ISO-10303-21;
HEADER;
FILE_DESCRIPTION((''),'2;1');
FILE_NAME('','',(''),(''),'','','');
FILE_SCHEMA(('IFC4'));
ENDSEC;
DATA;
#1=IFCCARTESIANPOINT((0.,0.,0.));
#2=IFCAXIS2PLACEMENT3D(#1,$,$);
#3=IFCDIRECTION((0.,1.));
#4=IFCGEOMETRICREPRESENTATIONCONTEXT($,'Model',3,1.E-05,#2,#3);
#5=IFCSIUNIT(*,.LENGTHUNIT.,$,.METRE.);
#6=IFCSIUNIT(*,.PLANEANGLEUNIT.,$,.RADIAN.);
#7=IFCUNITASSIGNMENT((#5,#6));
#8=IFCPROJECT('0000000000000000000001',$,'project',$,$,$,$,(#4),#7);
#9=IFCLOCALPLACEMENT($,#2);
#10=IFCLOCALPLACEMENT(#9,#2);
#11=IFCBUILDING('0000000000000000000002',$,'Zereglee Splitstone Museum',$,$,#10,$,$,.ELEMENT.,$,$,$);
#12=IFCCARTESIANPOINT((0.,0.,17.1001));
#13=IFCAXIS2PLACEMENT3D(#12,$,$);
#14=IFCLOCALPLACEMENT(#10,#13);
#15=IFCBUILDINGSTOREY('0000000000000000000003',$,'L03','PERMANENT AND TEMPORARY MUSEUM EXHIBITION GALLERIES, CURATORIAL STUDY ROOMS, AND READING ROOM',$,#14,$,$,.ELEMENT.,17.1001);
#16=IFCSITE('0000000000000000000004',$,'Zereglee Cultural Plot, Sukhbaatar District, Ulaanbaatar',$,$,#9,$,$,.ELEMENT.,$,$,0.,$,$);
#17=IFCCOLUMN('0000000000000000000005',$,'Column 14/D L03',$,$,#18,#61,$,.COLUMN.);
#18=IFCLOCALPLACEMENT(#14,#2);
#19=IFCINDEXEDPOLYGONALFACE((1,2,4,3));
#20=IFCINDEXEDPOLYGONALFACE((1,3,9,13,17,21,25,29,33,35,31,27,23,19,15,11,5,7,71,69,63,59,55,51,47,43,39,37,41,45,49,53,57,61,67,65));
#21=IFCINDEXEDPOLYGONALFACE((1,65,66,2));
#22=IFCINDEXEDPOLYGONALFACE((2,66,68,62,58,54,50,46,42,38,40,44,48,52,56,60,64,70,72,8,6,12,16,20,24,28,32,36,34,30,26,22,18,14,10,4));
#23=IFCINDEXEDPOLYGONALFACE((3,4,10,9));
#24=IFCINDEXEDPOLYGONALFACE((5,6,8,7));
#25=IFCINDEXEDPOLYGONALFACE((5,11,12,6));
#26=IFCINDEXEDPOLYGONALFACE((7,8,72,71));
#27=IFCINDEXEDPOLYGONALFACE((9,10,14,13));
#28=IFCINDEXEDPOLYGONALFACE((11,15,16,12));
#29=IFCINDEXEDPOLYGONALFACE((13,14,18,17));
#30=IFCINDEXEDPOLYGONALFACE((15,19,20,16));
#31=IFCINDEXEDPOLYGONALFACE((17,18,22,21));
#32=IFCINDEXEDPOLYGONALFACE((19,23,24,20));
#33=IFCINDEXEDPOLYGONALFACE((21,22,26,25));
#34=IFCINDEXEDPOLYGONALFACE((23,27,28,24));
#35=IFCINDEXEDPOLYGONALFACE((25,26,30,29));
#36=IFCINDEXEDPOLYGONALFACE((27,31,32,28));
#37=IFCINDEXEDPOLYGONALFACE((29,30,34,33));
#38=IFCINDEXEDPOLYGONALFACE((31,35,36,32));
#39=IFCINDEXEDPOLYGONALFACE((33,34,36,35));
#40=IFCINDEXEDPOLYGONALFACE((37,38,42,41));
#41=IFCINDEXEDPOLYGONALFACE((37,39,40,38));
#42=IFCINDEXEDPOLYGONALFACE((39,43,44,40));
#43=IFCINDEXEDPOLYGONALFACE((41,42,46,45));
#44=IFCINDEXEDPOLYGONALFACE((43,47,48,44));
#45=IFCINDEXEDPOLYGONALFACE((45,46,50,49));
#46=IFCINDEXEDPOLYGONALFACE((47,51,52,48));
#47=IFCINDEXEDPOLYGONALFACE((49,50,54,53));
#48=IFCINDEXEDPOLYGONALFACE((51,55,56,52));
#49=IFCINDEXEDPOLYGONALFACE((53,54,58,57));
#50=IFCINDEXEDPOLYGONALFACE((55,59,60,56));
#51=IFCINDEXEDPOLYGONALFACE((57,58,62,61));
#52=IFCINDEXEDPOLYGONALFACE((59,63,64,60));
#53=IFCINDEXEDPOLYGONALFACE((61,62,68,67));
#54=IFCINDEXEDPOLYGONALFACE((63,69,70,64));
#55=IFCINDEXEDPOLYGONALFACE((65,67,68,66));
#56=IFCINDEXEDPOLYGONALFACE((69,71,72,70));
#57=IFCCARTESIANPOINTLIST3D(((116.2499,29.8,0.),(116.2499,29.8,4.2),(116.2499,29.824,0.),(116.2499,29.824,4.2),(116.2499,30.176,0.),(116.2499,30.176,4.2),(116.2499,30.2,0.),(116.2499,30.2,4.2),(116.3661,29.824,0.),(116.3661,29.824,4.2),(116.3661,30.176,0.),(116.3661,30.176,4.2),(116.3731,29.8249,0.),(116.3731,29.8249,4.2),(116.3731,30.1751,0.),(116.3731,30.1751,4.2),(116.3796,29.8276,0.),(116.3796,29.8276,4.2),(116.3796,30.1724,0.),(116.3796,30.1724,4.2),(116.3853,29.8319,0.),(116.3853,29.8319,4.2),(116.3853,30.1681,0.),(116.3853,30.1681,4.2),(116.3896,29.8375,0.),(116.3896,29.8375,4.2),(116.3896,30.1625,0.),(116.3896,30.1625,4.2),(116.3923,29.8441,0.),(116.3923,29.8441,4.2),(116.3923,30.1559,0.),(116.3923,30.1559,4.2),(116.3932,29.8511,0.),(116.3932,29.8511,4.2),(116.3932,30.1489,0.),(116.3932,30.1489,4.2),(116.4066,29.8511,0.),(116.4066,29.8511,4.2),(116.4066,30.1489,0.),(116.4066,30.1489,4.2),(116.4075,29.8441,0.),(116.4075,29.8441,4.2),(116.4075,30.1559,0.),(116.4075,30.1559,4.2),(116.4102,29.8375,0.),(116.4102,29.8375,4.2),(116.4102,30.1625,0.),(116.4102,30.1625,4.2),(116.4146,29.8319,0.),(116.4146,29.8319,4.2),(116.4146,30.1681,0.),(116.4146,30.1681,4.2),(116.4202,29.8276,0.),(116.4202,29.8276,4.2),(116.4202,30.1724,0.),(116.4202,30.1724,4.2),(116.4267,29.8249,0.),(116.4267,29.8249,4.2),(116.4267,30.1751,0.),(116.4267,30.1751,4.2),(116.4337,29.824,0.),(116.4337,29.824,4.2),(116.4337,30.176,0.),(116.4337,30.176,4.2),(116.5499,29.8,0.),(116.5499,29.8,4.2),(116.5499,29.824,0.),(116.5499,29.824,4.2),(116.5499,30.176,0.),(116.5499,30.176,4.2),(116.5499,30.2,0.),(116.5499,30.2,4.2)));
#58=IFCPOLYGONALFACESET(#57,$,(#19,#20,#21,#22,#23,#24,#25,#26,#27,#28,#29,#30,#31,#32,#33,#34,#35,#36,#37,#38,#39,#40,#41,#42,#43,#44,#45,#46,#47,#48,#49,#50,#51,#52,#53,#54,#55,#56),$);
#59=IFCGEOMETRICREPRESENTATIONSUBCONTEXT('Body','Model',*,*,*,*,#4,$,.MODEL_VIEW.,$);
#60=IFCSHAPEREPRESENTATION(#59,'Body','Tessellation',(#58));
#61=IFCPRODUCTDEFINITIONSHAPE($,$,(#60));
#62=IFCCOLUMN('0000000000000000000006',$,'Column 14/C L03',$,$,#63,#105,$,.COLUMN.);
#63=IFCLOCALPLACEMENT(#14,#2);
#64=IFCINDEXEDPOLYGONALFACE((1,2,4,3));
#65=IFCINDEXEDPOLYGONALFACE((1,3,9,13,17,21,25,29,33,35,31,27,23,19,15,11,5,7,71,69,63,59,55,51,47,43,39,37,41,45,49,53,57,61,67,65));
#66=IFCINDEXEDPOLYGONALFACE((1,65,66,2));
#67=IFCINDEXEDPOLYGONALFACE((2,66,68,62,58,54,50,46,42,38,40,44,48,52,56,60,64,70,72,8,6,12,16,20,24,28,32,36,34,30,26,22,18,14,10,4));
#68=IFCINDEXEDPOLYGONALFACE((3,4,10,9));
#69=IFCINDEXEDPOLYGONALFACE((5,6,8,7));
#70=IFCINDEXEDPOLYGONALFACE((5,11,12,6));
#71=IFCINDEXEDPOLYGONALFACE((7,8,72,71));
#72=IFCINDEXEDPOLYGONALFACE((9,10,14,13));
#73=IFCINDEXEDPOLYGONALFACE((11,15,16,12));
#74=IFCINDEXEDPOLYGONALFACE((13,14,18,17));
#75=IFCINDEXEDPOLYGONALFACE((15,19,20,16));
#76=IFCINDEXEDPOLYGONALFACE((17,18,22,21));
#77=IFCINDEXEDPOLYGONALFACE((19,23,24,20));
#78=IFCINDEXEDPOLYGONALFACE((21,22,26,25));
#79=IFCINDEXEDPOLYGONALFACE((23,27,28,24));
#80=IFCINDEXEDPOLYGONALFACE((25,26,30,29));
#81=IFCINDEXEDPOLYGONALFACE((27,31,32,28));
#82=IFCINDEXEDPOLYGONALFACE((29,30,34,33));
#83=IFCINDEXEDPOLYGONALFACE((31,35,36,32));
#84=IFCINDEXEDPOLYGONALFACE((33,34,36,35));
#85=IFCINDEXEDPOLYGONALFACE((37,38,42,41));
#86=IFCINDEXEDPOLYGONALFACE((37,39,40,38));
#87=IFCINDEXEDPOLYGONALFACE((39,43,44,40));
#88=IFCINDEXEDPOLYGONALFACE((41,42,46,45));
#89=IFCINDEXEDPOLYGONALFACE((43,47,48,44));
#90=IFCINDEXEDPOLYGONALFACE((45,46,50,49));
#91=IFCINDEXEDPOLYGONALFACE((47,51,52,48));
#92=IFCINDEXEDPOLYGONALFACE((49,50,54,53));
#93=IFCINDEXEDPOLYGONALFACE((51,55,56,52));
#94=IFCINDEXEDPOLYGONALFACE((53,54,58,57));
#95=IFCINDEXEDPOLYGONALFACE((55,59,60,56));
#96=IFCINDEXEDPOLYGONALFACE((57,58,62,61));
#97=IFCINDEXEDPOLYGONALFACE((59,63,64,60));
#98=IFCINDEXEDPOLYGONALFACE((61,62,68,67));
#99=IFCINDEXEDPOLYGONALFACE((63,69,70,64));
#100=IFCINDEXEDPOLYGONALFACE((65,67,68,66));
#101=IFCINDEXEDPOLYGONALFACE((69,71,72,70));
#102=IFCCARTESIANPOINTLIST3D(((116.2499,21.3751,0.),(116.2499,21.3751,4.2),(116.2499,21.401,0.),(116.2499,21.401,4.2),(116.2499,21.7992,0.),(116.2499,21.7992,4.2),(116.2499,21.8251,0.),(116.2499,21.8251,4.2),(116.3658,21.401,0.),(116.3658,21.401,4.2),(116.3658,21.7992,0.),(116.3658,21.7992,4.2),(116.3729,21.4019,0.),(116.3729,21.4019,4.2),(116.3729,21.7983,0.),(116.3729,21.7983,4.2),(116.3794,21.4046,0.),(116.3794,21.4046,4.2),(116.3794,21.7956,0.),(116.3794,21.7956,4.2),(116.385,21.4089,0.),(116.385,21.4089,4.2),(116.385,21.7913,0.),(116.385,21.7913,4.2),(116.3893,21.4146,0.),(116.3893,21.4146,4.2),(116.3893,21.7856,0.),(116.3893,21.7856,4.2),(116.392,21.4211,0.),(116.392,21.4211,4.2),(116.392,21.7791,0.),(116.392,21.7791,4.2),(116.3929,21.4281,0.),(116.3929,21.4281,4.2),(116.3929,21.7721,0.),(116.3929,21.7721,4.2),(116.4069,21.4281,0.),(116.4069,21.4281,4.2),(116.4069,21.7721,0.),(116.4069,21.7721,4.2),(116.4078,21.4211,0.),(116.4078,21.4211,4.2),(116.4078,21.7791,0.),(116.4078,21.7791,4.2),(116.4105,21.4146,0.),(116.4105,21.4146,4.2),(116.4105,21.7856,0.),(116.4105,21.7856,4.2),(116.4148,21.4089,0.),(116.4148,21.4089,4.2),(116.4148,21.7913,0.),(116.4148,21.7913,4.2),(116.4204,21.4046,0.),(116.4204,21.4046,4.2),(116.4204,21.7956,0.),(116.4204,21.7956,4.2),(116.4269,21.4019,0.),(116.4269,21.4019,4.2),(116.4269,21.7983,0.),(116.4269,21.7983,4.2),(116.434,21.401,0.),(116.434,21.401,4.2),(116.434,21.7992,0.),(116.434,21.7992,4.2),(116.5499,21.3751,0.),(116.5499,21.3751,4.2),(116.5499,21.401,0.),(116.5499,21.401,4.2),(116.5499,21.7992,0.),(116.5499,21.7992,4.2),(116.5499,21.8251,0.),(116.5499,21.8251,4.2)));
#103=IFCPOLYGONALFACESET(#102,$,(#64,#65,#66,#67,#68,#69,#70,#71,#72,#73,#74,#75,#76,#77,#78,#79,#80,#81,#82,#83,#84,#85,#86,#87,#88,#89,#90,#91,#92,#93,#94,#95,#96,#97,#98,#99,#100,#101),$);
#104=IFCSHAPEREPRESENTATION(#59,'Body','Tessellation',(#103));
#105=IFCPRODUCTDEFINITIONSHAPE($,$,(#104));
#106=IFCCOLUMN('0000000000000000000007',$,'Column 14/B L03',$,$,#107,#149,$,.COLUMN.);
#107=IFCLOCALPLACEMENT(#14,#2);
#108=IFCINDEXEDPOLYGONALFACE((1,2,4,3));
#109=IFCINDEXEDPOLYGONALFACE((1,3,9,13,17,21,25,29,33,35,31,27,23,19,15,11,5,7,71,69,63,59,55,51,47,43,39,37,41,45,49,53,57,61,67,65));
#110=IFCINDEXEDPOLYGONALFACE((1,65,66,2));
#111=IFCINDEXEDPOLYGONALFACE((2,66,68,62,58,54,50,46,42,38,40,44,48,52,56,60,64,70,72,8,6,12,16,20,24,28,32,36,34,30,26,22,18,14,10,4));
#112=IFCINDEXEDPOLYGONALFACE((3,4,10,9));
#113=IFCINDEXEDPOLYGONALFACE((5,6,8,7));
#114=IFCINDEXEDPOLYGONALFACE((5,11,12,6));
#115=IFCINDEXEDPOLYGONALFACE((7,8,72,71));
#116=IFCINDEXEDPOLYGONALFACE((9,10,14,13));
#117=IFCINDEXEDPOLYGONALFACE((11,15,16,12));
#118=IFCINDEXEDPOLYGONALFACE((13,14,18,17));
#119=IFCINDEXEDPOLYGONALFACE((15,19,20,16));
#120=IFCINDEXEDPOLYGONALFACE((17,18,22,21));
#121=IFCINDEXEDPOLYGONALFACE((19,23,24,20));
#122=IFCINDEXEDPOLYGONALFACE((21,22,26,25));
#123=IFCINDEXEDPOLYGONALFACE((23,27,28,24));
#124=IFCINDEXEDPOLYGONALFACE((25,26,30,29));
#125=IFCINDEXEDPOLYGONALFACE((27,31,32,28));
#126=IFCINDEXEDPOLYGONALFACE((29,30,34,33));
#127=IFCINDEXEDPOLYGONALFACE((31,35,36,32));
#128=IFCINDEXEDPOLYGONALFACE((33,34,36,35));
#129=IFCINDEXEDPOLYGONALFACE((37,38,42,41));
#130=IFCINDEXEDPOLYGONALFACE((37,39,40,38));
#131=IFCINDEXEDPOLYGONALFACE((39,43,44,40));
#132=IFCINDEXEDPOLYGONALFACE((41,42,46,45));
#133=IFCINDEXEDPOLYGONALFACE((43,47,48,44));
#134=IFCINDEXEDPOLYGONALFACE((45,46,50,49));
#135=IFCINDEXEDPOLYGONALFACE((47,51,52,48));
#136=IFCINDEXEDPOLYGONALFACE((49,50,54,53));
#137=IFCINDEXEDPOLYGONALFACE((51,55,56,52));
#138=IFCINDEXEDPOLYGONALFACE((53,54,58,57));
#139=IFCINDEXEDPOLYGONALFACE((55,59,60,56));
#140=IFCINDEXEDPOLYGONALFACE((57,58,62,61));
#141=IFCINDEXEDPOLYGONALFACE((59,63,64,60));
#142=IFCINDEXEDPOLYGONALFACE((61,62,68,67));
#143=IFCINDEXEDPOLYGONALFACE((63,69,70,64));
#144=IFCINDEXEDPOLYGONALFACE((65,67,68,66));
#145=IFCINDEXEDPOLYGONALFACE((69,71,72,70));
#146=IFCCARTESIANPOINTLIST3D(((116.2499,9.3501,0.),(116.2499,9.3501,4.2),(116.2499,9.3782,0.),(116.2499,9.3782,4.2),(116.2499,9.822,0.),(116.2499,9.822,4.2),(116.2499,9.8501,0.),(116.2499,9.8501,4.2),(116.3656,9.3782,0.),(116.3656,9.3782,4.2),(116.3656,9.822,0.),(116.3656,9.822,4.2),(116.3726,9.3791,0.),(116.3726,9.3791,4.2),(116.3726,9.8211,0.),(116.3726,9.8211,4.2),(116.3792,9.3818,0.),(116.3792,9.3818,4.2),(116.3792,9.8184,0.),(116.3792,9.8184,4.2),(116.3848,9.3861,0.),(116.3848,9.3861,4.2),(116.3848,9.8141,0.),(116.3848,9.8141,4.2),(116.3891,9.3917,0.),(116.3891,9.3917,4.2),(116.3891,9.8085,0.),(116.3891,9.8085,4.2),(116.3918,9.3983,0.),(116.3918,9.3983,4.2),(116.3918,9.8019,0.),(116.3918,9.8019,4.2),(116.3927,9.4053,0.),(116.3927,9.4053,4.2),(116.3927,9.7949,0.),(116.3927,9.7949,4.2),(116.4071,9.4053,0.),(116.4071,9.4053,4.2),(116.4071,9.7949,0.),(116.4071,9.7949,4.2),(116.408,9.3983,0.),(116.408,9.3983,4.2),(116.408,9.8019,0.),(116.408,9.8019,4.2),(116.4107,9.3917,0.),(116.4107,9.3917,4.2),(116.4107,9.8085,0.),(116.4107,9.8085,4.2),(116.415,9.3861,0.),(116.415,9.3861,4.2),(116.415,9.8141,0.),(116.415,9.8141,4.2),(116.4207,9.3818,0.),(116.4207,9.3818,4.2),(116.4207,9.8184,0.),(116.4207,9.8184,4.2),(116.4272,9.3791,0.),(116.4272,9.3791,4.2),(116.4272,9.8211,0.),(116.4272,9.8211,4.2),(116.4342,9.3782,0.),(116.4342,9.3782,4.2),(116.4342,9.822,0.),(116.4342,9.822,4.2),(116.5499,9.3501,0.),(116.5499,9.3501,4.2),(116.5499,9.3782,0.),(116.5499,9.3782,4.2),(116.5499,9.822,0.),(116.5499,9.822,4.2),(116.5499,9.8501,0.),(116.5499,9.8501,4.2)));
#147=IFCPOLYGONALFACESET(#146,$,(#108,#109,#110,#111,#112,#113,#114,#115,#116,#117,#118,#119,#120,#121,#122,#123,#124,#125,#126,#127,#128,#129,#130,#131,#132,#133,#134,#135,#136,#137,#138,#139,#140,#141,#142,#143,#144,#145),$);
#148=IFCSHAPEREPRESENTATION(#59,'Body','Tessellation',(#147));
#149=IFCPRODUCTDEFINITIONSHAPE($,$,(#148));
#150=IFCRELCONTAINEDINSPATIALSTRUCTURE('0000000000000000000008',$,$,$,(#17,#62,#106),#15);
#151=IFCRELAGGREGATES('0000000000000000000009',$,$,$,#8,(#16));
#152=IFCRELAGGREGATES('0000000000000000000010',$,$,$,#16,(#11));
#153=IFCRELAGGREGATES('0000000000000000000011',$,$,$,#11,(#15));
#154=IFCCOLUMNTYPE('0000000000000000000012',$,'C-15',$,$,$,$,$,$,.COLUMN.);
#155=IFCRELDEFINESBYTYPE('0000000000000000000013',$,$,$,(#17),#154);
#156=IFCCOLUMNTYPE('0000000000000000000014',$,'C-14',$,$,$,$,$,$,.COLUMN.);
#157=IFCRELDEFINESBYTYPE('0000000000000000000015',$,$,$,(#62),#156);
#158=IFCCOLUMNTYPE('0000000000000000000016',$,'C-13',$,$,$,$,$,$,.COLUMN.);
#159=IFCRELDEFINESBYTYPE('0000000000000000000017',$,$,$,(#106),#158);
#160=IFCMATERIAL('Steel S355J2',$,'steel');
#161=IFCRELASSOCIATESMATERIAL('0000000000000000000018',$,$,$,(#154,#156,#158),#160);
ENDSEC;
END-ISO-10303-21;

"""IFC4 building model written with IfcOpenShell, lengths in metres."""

from ifc_helpers import new_model, si_unit, direction, frame, origin, origin_2d, place, context, subcontext, project, spatial, i_section, extrude, material, material_profile, profile_set, type_object, element, save


model = new_model("IFC4")

# Units and contexts
model_context = context("Model", 3, precision=1e-05, world=origin(), true_north=direction((0.0, 1.0)))
body_context = subcontext(model_context, "Body", "Model", "MODEL_VIEW")
ifc_project = project(units=[si_unit("LENGTHUNIT", "METRE"), si_unit("PLANEANGLEUNIT", "RADIAN")], contexts=[model_context])

# Site, building, storey
site_placement = place(None, origin())
site = spatial("IfcSite", under=ifc_project, at=site_placement, Name="Zereglee Cultural Plot, Sukhbaatar District, Ulaanbaatar", CompositionType="ELEMENT", RefElevation=0.0)
building_placement = place(site_placement, origin())
building = spatial("IfcBuilding", under=site, at=building_placement, Name="Zereglee Splitstone Museum", CompositionType="ELEMENT")
storey_placement = place(building_placement, frame((0.0, 0.0, 17.1001)))
storey = spatial("IfcBuildingStorey", under=building, at=storey_placement, Name="L03", Description="PERMANENT AND TEMPORARY MUSEUM EXHIBITION GALLERIES, CURATORIAL STUDY ROOMS, AND READING ROOM", CompositionType="ELEMENT", Elevation=17.1001)

# Columns
ifc_material_1 = material(Name="Steel S355J2", Category="steel")
ifc_material_profile_1 = material_profile(ifc_material_1, i_section(OverallWidth=0.3, OverallDepth=0.3999, WebThickness=0.0134, FlangeThickness=0.0239, FilletRadius=0.0271, at=origin_2d()), Name="HE 400 B")
ifc_profile_set_1 = profile_set([ifc_material_profile_1], Name="Steel S355J2")
column_type_1 = type_object("IfcColumnType", Name="C-15", PredefinedType="COLUMN", material=ifc_profile_set_1)
column_1_placement = place(storey_placement, frame((116.3999, 30.0, 0.0), z_axis=(0.0, 0.0, 1.0), x_axis=(1.0, 0.0, 0.0)))
element("IfcColumn", 1, at=column_1_placement, inside=storey, type_object=column_type_1, Name="Column 14/D L03", PredefinedType="COLUMN", context=body_context, shape_type="SweptSolid", body=[
    extrude(i_section(OverallWidth=0.3, OverallDepth=0.3999, WebThickness=0.0134, FlangeThickness=0.0239, FilletRadius=0.0271, at=origin_2d()), origin(), (0.0, 0.0, 1.0), 4.2),
])
ifc_material_profile_2 = material_profile(ifc_material_1, i_section(OverallWidth=0.3, OverallDepth=0.45, WebThickness=0.0139, FlangeThickness=0.0259, FilletRadius=0.0271, at=origin_2d()), Name="HE 450 B")
ifc_profile_set_2 = profile_set([ifc_material_profile_2], Name="Steel S355J2")
column_type_2 = type_object("IfcColumnType", Name="C-14", PredefinedType="COLUMN", material=ifc_profile_set_2)
column_2_placement = place(storey_placement, frame((116.3999, 21.6001, 0.0), z_axis=(0.0, 0.0, 1.0), x_axis=(1.0, 0.0, 0.0)))
element("IfcColumn", 2, at=column_2_placement, inside=storey, type_object=column_type_2, Name="Column 14/C L03", PredefinedType="COLUMN", context=body_context, shape_type="SweptSolid", body=[
    extrude(i_section(OverallWidth=0.3, OverallDepth=0.45, WebThickness=0.0139, FlangeThickness=0.0259, FilletRadius=0.0271, at=origin_2d()), origin(), (0.0, 0.0, 1.0), 4.2),
])
ifc_material_profile_3 = material_profile(ifc_material_1, i_section(OverallWidth=0.3, OverallDepth=0.5, WebThickness=0.0144, FlangeThickness=0.0281, FilletRadius=0.0271, at=origin_2d()), Name="HE 500 B")
ifc_profile_set_3 = profile_set([ifc_material_profile_3], Name="Steel S355J2")
column_type_3 = type_object("IfcColumnType", Name="C-13", PredefinedType="COLUMN", material=ifc_profile_set_3)
column_3_placement = place(storey_placement, frame((116.3999, 9.6001, 0.0), z_axis=(0.0, 0.0, 1.0), x_axis=(1.0, 0.0, 0.0)))
element("IfcColumn", 3, at=column_3_placement, inside=storey, type_object=column_type_3, Name="Column 14/B L03", PredefinedType="COLUMN", context=body_context, shape_type="SweptSolid", body=[
    extrude(i_section(OverallWidth=0.3, OverallDepth=0.5, WebThickness=0.0144, FlangeThickness=0.0281, FilletRadius=0.0271, at=origin_2d()), origin(), (0.0, 0.0, 1.0), 4.2),
])

save(model, "model.ifc")
